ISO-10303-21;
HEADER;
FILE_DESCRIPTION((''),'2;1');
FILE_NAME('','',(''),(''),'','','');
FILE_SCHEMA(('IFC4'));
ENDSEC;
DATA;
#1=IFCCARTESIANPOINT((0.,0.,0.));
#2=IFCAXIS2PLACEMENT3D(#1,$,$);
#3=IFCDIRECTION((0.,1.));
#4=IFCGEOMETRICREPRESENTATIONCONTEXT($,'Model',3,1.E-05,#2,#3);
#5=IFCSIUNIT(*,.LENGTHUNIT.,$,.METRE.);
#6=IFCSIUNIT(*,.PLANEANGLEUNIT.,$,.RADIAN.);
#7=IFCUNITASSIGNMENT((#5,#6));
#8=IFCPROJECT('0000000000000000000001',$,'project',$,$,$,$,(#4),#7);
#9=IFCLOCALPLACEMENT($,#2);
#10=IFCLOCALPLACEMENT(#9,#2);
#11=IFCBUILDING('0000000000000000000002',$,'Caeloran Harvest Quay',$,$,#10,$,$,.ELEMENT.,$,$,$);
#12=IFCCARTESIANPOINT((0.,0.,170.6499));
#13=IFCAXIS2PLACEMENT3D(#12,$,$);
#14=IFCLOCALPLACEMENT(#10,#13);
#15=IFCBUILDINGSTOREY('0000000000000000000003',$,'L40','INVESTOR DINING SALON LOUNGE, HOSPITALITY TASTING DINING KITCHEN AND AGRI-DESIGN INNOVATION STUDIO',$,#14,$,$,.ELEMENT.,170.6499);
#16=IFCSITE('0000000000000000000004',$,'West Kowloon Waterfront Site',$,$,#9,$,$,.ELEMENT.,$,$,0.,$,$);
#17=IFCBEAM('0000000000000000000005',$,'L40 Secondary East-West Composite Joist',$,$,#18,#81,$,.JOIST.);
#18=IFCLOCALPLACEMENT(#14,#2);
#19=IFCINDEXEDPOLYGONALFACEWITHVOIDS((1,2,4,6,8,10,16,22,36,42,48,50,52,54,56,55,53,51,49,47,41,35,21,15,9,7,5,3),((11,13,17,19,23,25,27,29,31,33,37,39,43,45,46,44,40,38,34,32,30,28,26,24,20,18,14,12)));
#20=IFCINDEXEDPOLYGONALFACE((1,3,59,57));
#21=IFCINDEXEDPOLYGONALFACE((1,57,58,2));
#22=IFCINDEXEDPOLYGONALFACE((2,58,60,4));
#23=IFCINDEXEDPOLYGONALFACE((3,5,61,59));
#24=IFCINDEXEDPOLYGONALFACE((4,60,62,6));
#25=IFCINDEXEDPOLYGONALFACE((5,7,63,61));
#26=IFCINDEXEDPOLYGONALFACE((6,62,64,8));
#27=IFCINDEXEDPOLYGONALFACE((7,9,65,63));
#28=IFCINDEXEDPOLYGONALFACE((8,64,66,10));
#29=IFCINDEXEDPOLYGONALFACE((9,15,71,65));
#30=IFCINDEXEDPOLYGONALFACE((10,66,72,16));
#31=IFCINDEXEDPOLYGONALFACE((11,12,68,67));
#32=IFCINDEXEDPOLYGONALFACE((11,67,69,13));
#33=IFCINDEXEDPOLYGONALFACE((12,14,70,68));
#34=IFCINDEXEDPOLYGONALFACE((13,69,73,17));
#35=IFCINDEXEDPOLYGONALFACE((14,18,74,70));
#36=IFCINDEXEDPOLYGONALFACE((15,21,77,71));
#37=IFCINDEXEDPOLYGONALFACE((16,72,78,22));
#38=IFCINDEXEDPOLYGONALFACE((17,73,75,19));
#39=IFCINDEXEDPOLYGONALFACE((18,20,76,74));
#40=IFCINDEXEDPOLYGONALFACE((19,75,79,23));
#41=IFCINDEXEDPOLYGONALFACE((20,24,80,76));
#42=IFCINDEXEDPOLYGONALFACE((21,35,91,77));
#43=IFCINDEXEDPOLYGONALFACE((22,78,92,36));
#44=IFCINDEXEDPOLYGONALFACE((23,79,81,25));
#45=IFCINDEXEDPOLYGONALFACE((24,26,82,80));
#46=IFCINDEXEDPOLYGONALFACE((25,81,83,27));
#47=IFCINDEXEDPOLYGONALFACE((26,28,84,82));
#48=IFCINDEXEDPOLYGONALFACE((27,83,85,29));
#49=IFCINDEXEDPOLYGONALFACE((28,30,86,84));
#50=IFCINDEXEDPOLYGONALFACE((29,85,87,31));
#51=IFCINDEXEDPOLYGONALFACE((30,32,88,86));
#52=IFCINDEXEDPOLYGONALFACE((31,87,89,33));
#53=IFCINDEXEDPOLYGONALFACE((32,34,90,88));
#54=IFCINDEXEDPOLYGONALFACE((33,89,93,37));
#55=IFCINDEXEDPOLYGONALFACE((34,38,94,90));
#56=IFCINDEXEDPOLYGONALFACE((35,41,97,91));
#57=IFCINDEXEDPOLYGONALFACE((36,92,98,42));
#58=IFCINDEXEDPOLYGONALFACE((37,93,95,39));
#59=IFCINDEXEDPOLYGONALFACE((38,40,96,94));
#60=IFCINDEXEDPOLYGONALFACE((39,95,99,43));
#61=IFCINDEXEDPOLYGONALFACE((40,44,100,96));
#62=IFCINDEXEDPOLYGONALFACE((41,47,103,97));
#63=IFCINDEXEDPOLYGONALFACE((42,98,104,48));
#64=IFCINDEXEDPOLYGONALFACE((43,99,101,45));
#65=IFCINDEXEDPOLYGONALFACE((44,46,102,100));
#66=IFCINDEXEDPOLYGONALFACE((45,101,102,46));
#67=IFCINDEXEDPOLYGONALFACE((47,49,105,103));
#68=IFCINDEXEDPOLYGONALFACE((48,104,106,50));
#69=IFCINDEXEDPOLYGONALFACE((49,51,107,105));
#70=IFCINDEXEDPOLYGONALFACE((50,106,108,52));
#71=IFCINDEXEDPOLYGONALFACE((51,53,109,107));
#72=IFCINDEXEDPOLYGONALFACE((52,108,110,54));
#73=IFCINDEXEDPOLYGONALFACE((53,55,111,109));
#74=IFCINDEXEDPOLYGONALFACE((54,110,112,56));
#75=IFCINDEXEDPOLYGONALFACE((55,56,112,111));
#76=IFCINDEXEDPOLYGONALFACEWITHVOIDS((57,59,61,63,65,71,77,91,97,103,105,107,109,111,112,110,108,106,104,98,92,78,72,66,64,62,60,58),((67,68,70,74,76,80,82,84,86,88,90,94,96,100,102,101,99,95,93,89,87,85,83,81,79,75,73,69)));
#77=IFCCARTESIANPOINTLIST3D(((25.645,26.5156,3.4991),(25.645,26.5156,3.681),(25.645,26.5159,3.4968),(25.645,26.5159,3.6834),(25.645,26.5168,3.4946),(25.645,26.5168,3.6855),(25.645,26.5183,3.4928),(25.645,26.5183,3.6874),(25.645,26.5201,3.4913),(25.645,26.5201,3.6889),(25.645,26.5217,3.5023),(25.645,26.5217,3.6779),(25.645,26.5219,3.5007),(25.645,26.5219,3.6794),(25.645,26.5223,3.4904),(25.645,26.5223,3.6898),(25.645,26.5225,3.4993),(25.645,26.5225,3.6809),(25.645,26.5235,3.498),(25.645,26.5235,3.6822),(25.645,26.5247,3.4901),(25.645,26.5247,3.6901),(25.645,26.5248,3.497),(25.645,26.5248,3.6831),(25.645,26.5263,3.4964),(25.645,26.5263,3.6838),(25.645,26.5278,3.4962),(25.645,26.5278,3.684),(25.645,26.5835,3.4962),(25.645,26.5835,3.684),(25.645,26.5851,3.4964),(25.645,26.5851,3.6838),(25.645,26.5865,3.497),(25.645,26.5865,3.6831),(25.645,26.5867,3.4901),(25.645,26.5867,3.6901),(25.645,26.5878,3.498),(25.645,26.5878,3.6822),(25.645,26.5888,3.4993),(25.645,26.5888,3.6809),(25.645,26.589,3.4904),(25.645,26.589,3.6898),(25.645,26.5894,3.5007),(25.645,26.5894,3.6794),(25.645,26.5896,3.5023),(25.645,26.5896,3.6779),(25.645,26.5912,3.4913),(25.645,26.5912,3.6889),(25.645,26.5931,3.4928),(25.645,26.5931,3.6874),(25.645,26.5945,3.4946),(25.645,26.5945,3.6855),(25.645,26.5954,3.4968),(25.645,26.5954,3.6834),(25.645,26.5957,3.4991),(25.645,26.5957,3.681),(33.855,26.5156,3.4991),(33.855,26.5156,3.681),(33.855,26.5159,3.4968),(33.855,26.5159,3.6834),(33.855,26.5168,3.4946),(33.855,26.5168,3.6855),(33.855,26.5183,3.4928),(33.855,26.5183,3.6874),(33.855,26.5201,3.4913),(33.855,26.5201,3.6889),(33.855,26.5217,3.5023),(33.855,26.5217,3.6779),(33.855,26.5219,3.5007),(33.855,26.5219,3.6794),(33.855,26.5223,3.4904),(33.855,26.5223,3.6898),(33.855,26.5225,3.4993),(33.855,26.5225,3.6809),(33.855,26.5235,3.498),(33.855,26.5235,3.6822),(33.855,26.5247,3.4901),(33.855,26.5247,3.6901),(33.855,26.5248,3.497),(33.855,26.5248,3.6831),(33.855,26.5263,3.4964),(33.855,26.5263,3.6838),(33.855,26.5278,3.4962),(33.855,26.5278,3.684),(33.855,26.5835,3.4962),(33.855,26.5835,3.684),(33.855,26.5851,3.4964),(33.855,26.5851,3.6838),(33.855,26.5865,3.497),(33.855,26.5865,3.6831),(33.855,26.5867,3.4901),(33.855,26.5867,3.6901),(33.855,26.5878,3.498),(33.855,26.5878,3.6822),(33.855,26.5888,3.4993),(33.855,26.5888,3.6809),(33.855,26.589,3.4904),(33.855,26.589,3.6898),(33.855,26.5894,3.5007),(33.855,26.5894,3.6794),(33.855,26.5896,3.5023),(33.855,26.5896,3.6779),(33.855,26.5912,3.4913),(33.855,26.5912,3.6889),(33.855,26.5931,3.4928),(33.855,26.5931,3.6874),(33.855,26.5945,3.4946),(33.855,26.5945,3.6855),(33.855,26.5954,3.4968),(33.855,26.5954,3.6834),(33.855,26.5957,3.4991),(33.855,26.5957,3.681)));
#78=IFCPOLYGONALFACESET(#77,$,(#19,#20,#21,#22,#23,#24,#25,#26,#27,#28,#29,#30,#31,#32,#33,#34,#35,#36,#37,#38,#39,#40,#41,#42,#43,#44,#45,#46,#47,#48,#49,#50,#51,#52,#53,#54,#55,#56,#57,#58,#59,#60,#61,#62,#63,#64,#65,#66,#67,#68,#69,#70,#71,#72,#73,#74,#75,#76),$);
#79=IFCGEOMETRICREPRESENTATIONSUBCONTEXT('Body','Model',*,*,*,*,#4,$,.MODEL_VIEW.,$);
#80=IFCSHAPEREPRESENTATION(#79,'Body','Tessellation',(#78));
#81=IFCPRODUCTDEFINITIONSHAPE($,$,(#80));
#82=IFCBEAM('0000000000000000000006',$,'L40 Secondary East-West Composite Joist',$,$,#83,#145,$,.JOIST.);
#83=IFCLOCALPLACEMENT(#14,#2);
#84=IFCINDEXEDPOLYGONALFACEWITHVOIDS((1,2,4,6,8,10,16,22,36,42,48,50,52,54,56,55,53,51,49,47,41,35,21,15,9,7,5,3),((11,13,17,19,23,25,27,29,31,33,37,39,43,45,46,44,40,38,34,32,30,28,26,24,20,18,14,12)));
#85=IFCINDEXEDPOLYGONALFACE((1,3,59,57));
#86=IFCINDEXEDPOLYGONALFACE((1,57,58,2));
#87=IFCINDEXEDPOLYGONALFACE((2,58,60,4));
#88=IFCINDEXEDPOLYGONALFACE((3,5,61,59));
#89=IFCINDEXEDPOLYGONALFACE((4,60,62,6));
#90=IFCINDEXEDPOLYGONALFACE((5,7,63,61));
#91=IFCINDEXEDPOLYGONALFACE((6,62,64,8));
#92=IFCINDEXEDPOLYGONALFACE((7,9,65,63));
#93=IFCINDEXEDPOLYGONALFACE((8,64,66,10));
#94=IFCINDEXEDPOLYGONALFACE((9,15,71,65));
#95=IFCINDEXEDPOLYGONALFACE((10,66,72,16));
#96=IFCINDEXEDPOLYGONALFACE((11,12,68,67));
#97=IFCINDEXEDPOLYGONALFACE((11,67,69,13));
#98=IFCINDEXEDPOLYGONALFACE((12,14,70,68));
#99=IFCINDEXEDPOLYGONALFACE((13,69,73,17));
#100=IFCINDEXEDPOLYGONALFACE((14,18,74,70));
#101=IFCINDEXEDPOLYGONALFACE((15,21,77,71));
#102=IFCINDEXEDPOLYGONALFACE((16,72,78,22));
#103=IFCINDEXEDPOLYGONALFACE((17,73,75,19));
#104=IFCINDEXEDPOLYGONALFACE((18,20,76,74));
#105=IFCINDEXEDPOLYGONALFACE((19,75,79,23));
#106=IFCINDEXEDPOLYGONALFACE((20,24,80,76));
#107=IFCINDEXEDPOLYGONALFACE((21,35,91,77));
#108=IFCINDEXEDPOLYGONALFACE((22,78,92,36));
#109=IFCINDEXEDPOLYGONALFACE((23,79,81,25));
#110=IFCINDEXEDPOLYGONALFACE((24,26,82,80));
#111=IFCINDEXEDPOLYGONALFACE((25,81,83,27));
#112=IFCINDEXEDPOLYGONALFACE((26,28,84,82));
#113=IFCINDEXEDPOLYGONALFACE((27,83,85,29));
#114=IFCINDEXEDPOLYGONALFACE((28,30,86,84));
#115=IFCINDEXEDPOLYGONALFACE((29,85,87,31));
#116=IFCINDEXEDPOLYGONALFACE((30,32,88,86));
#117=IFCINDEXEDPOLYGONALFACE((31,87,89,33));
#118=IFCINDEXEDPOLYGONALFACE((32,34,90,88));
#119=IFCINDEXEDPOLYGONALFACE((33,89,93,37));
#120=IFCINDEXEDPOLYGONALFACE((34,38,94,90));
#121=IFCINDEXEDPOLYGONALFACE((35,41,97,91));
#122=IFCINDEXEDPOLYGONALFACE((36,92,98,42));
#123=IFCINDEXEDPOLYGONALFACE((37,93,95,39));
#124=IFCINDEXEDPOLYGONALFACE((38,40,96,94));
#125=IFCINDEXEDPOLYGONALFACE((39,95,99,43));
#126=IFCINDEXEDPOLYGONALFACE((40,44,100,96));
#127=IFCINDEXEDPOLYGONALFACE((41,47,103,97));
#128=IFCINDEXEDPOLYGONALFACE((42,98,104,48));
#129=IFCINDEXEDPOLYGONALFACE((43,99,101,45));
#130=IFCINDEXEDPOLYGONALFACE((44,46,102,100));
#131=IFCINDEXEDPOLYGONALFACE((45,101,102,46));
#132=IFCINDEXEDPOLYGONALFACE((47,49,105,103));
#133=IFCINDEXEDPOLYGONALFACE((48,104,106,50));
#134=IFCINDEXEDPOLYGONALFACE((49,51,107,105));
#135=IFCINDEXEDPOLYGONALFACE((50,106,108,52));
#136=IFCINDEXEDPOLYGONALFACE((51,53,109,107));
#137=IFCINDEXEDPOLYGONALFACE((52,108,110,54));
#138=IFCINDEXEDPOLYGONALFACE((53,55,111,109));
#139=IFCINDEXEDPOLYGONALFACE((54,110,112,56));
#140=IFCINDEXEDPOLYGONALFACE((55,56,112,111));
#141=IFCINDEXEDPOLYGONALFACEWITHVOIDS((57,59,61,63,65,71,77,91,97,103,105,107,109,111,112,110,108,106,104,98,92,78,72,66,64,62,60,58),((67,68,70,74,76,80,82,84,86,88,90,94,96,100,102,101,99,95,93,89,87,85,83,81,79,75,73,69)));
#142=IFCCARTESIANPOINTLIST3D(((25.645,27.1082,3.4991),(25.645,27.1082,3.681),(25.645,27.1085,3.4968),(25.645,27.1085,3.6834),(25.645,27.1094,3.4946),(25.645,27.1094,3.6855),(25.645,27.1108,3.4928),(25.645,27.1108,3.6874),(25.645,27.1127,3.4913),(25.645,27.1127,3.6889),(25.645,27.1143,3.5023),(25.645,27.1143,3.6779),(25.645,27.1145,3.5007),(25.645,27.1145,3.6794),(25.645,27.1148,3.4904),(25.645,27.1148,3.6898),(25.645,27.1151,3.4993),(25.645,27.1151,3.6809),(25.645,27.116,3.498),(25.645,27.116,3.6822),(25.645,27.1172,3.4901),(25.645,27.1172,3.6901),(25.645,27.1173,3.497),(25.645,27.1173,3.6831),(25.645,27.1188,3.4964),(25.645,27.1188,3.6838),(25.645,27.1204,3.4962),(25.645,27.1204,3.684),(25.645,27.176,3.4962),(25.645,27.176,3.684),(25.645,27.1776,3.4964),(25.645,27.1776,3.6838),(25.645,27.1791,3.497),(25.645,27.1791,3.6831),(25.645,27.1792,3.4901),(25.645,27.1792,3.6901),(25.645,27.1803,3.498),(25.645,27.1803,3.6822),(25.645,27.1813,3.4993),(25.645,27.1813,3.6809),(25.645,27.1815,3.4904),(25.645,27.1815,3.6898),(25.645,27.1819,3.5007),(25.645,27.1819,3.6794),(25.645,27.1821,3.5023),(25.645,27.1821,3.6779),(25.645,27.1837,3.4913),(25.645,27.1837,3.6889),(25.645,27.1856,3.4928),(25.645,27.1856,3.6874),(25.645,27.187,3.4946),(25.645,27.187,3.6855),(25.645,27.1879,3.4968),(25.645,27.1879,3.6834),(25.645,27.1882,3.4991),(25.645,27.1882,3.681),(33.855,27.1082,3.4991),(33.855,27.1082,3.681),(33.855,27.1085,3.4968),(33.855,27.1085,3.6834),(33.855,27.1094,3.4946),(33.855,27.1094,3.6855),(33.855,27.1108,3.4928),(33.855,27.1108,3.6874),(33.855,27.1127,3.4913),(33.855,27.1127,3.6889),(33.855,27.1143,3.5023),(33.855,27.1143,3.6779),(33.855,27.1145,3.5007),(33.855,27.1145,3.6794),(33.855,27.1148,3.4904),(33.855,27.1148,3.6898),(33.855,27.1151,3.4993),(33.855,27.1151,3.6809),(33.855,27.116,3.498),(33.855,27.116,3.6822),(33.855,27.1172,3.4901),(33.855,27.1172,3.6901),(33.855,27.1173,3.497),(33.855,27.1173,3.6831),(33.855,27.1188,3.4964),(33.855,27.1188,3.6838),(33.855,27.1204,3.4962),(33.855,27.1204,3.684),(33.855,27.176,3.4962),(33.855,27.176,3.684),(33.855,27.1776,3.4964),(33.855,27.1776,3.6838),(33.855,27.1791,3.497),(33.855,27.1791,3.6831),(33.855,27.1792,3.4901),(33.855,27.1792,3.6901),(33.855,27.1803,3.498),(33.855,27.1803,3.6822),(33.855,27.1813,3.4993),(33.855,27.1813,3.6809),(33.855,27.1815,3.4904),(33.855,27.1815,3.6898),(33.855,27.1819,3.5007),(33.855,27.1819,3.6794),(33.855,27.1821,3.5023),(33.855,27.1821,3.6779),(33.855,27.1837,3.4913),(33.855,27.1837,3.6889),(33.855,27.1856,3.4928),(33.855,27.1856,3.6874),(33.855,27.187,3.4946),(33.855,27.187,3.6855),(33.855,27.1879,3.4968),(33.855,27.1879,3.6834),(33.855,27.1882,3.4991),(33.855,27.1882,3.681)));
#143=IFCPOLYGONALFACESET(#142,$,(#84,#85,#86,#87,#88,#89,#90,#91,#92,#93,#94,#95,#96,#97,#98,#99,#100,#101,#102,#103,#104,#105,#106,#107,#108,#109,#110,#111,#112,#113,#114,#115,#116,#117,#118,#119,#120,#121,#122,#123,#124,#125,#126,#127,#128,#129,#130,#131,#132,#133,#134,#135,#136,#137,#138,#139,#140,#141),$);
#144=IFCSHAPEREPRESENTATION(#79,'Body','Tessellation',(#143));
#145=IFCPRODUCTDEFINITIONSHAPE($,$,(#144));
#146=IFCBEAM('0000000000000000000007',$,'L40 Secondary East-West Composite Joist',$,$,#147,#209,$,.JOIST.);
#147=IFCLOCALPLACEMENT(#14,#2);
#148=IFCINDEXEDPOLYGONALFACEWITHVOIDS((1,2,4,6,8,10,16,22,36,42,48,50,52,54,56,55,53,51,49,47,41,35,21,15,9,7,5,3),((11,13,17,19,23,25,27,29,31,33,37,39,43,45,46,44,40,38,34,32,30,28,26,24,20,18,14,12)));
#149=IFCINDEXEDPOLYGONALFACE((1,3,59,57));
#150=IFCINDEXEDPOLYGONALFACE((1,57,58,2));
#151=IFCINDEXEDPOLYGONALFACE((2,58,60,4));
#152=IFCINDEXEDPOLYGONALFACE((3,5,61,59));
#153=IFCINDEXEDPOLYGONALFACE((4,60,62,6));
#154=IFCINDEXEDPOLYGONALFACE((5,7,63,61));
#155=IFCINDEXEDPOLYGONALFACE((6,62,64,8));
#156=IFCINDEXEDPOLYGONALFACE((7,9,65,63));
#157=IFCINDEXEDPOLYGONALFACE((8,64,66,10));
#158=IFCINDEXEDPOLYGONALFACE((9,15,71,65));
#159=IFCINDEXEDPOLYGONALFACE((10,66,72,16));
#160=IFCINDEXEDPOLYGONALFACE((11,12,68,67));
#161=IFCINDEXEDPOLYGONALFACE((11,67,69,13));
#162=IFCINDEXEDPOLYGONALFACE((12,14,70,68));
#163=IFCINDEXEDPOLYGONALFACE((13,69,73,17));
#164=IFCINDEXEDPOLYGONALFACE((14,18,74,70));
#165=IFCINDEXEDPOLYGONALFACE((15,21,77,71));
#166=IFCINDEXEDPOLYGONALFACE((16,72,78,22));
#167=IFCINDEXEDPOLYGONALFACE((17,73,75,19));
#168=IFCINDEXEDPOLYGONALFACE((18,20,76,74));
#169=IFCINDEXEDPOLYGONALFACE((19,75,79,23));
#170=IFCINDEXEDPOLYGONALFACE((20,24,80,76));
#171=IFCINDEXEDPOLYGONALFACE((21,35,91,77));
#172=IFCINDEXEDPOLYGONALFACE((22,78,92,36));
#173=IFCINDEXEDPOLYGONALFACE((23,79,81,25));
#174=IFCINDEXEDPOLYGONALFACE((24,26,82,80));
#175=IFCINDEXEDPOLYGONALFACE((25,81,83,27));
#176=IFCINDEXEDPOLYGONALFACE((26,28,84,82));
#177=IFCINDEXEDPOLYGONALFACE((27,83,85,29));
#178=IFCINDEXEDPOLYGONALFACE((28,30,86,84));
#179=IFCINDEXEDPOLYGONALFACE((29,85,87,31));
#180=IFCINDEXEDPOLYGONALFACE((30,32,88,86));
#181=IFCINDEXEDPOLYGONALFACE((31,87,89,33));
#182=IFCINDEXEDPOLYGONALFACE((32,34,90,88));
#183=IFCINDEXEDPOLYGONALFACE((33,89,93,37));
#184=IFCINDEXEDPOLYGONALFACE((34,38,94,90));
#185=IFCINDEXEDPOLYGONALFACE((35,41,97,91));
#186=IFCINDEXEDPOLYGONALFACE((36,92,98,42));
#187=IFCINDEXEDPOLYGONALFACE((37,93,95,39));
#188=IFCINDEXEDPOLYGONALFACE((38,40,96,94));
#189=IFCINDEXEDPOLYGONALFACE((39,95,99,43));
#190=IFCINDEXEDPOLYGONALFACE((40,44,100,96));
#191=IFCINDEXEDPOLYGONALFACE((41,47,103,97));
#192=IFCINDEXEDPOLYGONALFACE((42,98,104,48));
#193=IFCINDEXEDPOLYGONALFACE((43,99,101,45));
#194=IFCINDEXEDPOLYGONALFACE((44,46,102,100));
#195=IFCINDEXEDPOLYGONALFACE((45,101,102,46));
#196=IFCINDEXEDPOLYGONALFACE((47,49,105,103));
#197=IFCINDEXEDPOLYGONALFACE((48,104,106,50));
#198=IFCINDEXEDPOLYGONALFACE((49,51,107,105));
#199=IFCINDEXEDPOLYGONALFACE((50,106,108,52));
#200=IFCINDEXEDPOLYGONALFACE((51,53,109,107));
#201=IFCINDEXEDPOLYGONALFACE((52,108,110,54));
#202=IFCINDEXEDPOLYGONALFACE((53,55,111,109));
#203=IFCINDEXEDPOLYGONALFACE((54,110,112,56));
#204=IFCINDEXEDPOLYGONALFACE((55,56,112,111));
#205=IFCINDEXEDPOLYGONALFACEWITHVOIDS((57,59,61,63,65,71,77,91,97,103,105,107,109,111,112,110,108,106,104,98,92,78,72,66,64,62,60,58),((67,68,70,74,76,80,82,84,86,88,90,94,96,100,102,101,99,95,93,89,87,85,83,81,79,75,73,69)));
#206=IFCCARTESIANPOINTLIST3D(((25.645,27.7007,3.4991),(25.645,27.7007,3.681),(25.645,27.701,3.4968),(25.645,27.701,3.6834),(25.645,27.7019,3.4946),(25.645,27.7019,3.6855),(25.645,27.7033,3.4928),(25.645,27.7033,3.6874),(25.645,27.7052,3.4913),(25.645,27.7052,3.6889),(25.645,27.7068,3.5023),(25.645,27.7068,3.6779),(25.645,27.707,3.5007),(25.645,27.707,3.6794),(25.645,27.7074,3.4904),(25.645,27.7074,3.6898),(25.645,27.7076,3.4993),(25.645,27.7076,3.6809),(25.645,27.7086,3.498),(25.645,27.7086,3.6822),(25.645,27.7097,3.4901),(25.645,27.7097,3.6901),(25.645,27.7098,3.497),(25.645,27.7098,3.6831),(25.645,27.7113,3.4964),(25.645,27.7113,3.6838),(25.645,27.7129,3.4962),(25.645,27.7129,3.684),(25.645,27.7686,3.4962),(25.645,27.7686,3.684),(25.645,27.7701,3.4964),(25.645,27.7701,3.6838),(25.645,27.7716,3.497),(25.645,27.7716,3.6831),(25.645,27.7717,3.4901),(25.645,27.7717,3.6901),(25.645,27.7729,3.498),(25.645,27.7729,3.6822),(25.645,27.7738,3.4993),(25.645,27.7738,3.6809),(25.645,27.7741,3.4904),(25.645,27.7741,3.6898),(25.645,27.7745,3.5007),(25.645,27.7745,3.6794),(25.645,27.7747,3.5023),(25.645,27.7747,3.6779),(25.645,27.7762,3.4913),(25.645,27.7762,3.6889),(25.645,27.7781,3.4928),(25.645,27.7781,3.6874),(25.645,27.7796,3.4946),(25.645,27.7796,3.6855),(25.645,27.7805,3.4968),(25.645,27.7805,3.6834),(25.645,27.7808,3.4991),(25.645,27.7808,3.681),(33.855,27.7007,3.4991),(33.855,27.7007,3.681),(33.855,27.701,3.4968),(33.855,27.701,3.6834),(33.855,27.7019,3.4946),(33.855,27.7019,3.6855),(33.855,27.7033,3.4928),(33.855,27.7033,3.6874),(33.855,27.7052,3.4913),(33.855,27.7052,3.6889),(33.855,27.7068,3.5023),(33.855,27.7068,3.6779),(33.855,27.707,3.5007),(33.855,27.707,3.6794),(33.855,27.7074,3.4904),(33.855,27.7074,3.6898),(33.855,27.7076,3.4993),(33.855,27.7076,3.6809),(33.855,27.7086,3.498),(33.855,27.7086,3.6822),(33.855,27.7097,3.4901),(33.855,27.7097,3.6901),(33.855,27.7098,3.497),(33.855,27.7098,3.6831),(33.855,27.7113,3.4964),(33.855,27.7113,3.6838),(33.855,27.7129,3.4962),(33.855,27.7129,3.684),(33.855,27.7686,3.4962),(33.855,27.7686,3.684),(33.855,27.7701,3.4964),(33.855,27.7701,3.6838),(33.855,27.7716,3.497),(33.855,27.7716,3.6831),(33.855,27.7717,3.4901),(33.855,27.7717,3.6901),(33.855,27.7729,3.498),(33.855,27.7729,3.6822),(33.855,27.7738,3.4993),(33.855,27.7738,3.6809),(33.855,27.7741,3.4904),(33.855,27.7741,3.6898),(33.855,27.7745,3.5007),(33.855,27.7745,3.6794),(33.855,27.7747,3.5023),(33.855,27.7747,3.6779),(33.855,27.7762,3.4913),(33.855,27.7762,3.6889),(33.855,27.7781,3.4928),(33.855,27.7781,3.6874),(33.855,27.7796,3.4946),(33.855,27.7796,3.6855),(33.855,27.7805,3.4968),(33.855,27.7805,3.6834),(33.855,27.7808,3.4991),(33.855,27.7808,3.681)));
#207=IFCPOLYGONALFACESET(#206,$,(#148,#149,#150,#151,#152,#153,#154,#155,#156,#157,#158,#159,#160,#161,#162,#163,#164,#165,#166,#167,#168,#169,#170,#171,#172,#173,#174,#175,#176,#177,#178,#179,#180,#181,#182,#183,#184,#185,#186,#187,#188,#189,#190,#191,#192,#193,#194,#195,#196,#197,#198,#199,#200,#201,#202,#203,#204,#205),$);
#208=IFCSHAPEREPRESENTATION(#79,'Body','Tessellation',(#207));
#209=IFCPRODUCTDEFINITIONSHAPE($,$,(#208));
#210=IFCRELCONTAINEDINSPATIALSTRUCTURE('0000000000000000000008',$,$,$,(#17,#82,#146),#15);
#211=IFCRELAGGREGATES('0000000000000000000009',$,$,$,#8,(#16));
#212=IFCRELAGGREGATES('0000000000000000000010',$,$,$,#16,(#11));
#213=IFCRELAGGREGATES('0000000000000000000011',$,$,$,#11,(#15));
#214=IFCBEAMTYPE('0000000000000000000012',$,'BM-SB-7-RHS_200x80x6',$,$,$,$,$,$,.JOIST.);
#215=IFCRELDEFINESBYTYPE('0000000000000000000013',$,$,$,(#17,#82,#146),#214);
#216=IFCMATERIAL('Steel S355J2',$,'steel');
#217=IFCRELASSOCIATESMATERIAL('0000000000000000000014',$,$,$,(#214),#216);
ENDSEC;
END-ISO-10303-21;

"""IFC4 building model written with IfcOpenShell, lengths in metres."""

from ifc_helpers import new_model, si_unit, direction, frame, origin, origin_2d, place, context, subcontext, project, spatial, hollow_rectangle, extrude, material, material_profile, profile_set, type_object, element, save


model = new_model("IFC4")

# Units and contexts
model_context = context("Model", 3, precision=1e-05, world=origin(), true_north=direction((0.0, 1.0)))
body_context = subcontext(model_context, "Body", "Model", "MODEL_VIEW")
ifc_project = project(units=[si_unit("LENGTHUNIT", "METRE"), si_unit("PLANEANGLEUNIT", "RADIAN")], contexts=[model_context])

# Site, building, storey
site_placement = place(None, origin())
site = spatial("IfcSite", under=ifc_project, at=site_placement, Name="West Kowloon Waterfront Site", CompositionType="ELEMENT", RefElevation=0.0)
building_placement = place(site_placement, origin())
building = spatial("IfcBuilding", under=site, at=building_placement, Name="Caeloran Harvest Quay", CompositionType="ELEMENT")
storey_placement = place(building_placement, frame((0.0, 0.0, 170.6499)))
storey = spatial("IfcBuildingStorey", under=building, at=storey_placement, Name="L40", Description="INVESTOR DINING SALON LOUNGE, HOSPITALITY TASTING DINING KITCHEN AND AGRI-DESIGN INNOVATION STUDIO", CompositionType="ELEMENT", Elevation=170.6499)

# Beams
ifc_material_1 = material(Name="Steel S355J2", Category="steel")
ifc_material_profile_1 = material_profile(ifc_material_1, hollow_rectangle(XDim=0.0801, YDim=0.2, WallThickness=0.0061, InnerFilletRadius=0.0061, OuterFilletRadius=0.009, at=origin_2d()), Name="RHS 200x80x6")
ifc_profile_set_1 = profile_set([ifc_material_profile_1], Name="Steel S355J2")
beam_type_1 = type_object("IfcBeamType", Name="BM-SB-7-RHS_200x80x6", PredefinedType="JOIST", material=ifc_profile_set_1)
for number, where, z_axis, x_axis, name in (
    (1, (25.645, 26.5557, 3.5901), (1.0, 0.0, 0.0), (0.0, 1.0, 0.0), "L40 Secondary East-West Composite Joist"),
    (2, (25.645, 27.1482, 3.5901), (1.0, 0.0, 0.0), (0.0, 1.0, 0.0), "L40 Secondary East-West Composite Joist"),
    (3, (25.645, 27.7407, 3.5901), (1.0, 0.0, 0.0), (0.0, 1.0, 0.0), "L40 Secondary East-West Composite Joist"),
):
    element("IfcBeam", number, at=place(storey_placement, frame(where, z_axis=z_axis, x_axis=x_axis)), inside=storey, type_object=beam_type_1, Name=name, PredefinedType="JOIST", context=body_context, shape_type="SweptSolid", body=[
        extrude(hollow_rectangle(XDim=0.0801, YDim=0.2, WallThickness=0.0061, InnerFilletRadius=0.0061, OuterFilletRadius=0.009, at=origin_2d()), origin(), (0.0, 0.0, 1.0), 8.21),
    ])

save(model, "model.ifc")
